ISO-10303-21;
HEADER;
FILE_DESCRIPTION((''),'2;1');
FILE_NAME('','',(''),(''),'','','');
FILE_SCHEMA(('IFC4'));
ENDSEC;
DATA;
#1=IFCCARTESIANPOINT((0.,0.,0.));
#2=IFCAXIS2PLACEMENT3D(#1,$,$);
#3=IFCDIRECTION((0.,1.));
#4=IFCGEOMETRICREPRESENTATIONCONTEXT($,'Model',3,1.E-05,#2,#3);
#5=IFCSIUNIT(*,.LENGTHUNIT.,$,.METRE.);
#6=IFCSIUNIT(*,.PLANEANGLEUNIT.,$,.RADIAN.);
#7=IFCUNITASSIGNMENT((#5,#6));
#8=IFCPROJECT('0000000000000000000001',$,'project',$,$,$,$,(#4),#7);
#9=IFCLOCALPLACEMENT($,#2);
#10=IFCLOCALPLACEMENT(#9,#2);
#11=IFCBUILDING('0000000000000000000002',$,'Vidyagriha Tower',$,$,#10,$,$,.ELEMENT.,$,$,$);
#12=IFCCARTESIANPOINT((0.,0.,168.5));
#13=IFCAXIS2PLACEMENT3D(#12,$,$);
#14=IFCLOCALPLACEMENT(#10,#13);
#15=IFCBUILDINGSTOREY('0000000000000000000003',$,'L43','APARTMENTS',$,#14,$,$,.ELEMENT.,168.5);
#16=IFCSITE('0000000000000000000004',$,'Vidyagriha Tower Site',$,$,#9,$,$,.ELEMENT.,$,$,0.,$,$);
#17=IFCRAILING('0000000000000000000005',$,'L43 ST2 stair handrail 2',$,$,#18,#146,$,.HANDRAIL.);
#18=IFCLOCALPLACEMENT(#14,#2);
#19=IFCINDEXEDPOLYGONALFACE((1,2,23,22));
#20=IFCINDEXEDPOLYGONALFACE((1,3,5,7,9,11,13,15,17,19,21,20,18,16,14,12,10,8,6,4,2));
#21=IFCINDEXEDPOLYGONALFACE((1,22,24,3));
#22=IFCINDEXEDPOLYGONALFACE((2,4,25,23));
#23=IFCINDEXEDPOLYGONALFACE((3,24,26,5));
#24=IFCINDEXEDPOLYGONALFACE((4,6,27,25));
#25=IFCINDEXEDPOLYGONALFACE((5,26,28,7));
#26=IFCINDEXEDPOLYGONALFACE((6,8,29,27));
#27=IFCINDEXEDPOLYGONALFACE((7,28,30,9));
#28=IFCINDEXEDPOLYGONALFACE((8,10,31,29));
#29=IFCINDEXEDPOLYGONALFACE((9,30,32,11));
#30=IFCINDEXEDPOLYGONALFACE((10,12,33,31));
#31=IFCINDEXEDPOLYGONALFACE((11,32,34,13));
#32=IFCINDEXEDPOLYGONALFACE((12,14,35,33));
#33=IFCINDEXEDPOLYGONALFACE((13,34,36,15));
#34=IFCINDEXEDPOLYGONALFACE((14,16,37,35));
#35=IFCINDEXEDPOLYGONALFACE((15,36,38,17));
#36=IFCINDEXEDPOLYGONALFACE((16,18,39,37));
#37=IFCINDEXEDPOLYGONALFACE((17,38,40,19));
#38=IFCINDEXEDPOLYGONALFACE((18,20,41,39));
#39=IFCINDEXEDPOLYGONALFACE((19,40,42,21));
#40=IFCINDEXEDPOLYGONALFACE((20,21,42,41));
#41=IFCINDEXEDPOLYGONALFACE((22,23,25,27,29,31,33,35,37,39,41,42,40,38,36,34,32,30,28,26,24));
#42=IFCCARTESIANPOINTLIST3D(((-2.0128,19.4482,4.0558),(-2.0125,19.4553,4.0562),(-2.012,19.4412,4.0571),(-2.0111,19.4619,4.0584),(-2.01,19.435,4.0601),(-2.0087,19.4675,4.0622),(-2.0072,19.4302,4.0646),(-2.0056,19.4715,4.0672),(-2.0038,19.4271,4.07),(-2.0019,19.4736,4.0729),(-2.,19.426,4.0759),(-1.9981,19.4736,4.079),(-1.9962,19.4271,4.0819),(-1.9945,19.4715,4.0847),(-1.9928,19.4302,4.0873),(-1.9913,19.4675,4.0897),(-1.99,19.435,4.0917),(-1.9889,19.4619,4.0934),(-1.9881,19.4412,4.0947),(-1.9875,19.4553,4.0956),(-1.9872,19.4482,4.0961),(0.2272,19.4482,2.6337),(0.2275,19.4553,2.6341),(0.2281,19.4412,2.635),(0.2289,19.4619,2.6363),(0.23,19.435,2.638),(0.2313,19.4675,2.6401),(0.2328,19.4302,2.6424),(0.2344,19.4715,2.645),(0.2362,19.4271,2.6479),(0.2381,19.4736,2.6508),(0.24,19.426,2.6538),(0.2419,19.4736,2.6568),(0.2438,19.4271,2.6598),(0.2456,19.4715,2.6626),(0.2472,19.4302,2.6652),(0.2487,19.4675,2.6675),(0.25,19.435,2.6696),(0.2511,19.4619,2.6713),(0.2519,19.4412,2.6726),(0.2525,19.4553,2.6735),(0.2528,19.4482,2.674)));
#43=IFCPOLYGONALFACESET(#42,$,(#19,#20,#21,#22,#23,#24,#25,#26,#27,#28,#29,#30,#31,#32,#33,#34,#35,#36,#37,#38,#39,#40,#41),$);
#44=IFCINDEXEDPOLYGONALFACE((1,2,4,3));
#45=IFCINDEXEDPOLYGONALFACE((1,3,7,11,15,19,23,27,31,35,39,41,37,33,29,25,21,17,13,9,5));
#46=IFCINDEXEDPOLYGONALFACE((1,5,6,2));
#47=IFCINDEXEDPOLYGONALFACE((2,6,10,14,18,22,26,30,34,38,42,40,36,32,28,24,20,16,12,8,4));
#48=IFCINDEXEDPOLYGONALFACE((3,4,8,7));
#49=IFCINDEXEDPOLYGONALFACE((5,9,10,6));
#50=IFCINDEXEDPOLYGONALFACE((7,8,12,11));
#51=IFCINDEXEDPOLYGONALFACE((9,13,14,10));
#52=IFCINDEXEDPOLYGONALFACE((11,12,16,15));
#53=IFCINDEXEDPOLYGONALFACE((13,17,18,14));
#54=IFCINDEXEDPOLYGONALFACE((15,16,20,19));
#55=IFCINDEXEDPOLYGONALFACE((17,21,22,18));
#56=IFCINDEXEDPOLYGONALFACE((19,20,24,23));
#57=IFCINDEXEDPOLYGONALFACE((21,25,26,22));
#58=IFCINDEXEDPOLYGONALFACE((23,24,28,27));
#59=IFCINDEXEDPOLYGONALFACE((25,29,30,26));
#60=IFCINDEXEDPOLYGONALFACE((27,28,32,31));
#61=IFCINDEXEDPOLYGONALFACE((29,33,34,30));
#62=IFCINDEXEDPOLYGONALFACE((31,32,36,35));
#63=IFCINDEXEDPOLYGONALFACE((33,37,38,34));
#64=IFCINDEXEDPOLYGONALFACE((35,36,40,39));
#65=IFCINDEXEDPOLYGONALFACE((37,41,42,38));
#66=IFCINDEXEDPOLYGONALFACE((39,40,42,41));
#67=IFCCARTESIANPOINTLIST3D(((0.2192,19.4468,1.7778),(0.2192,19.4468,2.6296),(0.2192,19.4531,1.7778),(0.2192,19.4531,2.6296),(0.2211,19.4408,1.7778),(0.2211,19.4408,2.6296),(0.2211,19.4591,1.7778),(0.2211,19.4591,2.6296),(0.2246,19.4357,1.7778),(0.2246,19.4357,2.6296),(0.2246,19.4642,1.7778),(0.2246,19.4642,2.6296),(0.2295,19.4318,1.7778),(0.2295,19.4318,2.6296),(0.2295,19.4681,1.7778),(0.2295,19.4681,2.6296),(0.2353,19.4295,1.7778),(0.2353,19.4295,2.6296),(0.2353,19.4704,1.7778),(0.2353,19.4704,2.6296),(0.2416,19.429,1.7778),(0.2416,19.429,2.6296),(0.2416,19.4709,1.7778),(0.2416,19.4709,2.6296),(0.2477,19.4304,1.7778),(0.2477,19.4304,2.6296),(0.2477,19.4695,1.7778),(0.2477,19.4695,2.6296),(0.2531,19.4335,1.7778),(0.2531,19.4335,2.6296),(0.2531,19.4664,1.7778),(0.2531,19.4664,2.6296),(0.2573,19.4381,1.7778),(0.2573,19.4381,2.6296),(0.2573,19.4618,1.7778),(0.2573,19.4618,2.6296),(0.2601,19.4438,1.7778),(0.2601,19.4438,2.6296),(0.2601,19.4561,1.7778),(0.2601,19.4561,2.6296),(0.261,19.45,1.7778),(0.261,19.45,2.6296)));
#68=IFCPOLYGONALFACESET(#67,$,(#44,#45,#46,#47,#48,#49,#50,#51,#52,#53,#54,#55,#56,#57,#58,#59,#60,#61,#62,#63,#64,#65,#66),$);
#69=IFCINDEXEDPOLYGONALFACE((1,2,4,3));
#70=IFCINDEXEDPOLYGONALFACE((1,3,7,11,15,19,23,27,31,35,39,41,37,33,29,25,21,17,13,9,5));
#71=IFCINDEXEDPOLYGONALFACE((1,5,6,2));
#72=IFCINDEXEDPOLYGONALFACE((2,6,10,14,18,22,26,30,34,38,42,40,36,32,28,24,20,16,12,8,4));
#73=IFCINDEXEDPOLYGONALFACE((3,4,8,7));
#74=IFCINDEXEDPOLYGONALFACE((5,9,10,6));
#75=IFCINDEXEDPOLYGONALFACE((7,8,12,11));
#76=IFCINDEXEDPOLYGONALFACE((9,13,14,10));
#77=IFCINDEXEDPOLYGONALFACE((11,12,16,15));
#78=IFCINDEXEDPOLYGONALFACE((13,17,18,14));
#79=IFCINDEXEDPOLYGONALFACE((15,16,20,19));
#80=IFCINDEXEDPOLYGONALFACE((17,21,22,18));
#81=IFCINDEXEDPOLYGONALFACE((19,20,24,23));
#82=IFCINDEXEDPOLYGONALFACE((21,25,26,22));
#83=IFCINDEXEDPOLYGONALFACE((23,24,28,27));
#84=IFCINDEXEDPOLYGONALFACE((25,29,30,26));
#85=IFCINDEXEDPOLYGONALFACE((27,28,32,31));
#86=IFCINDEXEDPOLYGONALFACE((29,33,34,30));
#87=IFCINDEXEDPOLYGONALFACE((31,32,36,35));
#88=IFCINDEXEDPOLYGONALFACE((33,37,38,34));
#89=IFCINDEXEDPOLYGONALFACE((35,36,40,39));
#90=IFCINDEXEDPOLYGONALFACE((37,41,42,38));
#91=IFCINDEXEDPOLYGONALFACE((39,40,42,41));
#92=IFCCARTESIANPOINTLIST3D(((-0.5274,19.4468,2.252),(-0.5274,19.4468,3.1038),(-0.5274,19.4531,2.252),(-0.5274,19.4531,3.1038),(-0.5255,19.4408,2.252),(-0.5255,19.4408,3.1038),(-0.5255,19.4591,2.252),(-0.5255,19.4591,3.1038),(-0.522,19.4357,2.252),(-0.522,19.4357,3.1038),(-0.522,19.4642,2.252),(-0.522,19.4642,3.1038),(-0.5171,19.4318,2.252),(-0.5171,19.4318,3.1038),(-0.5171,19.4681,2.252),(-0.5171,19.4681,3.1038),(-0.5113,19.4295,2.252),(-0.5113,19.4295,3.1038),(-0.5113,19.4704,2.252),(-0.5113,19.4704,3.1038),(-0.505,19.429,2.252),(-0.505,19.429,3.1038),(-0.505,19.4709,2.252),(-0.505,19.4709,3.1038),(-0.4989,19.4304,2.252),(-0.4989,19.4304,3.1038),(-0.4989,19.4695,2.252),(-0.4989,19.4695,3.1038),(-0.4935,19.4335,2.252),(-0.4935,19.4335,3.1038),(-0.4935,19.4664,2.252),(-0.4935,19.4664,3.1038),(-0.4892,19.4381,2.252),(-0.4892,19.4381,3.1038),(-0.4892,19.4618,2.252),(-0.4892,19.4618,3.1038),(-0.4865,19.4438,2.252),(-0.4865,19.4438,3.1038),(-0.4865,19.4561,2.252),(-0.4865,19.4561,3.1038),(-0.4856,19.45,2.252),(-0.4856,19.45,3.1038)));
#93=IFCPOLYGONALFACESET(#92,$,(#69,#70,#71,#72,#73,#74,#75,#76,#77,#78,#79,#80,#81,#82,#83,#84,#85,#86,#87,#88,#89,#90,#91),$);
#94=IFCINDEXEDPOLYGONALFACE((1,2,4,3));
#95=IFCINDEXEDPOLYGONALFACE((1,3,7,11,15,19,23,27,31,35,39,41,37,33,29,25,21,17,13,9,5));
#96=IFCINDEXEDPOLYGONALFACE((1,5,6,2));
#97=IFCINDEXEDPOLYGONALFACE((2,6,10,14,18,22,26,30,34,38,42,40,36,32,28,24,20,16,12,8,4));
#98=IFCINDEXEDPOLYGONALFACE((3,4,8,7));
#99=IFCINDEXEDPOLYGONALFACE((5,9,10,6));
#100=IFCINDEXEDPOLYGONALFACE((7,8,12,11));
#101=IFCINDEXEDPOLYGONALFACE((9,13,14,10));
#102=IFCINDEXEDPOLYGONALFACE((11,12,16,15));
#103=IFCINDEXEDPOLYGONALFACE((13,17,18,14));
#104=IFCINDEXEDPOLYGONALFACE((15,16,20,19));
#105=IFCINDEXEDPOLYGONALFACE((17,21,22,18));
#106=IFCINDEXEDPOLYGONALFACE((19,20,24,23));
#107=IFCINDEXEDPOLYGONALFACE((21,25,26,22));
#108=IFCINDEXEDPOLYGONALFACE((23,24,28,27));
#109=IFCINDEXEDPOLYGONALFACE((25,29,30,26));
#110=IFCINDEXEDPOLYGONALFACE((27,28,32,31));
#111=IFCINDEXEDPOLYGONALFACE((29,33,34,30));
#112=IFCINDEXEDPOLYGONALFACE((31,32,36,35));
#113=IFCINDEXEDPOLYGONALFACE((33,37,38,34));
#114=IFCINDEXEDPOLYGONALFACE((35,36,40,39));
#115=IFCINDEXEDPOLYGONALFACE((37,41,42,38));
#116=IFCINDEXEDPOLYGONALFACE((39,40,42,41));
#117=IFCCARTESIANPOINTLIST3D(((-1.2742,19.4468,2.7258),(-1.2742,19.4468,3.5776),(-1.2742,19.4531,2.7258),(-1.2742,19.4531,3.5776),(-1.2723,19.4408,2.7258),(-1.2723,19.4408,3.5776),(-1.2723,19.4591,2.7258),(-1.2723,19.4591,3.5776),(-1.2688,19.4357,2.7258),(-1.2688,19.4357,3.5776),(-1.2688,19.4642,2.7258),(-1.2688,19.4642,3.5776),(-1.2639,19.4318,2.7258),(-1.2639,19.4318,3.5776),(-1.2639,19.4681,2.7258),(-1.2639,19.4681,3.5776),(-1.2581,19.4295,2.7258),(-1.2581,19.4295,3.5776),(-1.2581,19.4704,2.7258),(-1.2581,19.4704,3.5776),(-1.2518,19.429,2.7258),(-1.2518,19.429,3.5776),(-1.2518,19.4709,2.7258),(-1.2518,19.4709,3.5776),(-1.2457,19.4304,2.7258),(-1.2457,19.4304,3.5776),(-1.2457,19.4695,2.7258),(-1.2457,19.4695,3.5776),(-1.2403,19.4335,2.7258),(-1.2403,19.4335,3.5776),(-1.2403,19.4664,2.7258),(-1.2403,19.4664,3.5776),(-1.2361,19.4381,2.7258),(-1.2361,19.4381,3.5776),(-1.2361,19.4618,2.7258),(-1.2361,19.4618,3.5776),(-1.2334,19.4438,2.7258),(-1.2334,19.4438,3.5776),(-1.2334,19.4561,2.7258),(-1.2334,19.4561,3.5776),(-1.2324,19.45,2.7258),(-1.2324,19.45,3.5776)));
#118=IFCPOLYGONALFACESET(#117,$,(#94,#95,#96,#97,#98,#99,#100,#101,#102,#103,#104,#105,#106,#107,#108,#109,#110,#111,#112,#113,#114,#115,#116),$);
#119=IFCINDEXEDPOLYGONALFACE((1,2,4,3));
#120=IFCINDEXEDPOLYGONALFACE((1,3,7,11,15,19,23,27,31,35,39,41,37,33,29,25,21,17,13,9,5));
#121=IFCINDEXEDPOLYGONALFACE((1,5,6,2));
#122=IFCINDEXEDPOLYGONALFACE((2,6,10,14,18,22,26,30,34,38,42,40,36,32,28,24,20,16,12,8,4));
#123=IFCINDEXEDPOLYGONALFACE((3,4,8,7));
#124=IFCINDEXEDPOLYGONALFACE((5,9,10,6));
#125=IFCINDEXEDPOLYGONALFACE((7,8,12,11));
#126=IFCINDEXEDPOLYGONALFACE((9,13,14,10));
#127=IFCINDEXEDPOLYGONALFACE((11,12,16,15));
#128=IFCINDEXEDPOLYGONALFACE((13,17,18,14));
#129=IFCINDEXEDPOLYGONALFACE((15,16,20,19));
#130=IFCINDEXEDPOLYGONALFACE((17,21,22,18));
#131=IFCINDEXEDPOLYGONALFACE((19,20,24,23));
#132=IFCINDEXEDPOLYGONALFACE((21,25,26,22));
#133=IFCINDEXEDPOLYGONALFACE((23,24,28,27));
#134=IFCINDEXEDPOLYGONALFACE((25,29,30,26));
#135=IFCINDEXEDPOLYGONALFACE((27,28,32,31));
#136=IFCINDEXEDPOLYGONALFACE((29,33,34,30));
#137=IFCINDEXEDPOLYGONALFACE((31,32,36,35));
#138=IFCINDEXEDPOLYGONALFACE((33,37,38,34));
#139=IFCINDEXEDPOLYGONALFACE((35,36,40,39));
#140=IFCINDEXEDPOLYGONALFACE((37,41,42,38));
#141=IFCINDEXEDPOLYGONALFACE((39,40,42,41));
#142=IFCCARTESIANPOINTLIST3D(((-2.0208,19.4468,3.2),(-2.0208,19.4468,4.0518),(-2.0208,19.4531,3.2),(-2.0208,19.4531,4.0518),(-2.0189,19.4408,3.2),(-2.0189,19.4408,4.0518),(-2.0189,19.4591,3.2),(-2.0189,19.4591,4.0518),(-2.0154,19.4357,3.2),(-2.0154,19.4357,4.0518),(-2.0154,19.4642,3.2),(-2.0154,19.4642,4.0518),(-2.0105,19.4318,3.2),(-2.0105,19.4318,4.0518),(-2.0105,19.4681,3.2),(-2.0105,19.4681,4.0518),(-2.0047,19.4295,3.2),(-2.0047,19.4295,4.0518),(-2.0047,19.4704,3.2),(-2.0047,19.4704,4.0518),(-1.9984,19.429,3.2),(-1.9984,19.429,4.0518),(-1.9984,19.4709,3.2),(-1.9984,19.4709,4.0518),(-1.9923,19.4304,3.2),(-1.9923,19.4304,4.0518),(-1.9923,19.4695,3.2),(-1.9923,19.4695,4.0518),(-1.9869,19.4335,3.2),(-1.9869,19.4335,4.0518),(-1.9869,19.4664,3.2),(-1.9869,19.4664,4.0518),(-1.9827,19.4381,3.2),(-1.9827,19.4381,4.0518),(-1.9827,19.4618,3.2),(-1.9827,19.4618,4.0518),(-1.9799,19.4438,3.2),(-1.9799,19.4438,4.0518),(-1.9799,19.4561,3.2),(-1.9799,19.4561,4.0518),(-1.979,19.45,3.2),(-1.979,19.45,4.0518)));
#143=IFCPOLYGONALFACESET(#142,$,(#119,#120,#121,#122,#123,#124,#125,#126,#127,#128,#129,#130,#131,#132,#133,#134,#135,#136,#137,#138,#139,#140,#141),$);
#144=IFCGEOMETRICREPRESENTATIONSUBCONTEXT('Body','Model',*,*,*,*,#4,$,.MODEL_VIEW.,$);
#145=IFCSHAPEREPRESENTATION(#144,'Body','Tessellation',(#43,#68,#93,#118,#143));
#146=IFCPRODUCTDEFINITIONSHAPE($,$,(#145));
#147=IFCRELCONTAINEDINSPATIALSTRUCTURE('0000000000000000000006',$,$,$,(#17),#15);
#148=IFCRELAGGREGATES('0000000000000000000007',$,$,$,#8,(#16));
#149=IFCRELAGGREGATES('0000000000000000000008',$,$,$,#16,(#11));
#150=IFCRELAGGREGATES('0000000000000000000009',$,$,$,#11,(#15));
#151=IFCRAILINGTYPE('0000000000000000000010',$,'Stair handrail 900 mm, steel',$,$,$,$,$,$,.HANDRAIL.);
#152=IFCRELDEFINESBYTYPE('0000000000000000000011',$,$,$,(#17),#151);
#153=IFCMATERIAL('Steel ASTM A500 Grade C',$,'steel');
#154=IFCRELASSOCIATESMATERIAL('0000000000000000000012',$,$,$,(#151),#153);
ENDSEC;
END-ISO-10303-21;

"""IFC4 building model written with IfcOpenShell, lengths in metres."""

from ifc_helpers import new_model, si_unit, direction, frame, origin, origin_2d, place, context, subcontext, project, spatial, circle, extrude, material, type_object, element, save


model = new_model("IFC4")

# Units and contexts
model_context = context("Model", 3, precision=1e-05, world=origin(), true_north=direction((0.0, 1.0)))
body_context = subcontext(model_context, "Body", "Model", "MODEL_VIEW")
ifc_project = project(units=[si_unit("LENGTHUNIT", "METRE"), si_unit("PLANEANGLEUNIT", "RADIAN")], contexts=[model_context])

# Site, building, storey
site_placement = place(None, origin())
site = spatial("IfcSite", under=ifc_project, at=site_placement, Name="Vidyagriha Tower Site", CompositionType="ELEMENT", RefElevation=0.0)
building_placement = place(site_placement, origin())
building = spatial("IfcBuilding", under=site, at=building_placement, Name="Vidyagriha Tower", CompositionType="ELEMENT")
storey_placement = place(building_placement, frame((0.0, 0.0, 168.5)))
storey = spatial("IfcBuildingStorey", under=building, at=storey_placement, Name="L43", Description="APARTMENTS", CompositionType="ELEMENT", Elevation=168.5)

# Railing
ifc_material_1 = material(Name="Steel ASTM A500 Grade C", Category="steel")
railing_type_1 = type_object("IfcRailingType", Name="Stair handrail 900 mm, steel", PredefinedType="HANDRAIL", material=ifc_material_1)
railing_1_placement = place(storey_placement, frame((0.24, 19.45, 1.7778)))
element("IfcRailing", 1, at=railing_1_placement, inside=storey, type_object=railing_type_1, Name="L43 ST2 stair handrail 2", PredefinedType="HANDRAIL", context=body_context, shape_type="SweptSolid", body=[
    extrude(circle(Radius=0.0239, at=origin_2d()), frame((0.0, 0.0, 0.876), z_axis=(-0.844229, 0.0, 0.535982), x_axis=(0.0, -1.0, 0.0)), (0.0, 0.0, 1.0), 2.6533),
    extrude(circle(Radius=0.021, at=origin_2d()), origin(), (0.0, 0.0, 1.0), 0.8518),
    extrude(circle(Radius=0.021, at=origin_2d()), frame((-0.7466, 0.0, 0.4741)), (0.0, 0.0, 1.0), 0.8518),
    extrude(circle(Radius=0.021, at=origin_2d()), frame((-1.4934, 0.0, 0.948)), (0.0, 0.0, 1.0), 0.8518),
    extrude(circle(Radius=0.021, at=origin_2d()), frame((-2.24, 0.0, 1.4221)), (0.0, 0.0, 1.0), 0.8518),
])

save(model, "model.ifc")
